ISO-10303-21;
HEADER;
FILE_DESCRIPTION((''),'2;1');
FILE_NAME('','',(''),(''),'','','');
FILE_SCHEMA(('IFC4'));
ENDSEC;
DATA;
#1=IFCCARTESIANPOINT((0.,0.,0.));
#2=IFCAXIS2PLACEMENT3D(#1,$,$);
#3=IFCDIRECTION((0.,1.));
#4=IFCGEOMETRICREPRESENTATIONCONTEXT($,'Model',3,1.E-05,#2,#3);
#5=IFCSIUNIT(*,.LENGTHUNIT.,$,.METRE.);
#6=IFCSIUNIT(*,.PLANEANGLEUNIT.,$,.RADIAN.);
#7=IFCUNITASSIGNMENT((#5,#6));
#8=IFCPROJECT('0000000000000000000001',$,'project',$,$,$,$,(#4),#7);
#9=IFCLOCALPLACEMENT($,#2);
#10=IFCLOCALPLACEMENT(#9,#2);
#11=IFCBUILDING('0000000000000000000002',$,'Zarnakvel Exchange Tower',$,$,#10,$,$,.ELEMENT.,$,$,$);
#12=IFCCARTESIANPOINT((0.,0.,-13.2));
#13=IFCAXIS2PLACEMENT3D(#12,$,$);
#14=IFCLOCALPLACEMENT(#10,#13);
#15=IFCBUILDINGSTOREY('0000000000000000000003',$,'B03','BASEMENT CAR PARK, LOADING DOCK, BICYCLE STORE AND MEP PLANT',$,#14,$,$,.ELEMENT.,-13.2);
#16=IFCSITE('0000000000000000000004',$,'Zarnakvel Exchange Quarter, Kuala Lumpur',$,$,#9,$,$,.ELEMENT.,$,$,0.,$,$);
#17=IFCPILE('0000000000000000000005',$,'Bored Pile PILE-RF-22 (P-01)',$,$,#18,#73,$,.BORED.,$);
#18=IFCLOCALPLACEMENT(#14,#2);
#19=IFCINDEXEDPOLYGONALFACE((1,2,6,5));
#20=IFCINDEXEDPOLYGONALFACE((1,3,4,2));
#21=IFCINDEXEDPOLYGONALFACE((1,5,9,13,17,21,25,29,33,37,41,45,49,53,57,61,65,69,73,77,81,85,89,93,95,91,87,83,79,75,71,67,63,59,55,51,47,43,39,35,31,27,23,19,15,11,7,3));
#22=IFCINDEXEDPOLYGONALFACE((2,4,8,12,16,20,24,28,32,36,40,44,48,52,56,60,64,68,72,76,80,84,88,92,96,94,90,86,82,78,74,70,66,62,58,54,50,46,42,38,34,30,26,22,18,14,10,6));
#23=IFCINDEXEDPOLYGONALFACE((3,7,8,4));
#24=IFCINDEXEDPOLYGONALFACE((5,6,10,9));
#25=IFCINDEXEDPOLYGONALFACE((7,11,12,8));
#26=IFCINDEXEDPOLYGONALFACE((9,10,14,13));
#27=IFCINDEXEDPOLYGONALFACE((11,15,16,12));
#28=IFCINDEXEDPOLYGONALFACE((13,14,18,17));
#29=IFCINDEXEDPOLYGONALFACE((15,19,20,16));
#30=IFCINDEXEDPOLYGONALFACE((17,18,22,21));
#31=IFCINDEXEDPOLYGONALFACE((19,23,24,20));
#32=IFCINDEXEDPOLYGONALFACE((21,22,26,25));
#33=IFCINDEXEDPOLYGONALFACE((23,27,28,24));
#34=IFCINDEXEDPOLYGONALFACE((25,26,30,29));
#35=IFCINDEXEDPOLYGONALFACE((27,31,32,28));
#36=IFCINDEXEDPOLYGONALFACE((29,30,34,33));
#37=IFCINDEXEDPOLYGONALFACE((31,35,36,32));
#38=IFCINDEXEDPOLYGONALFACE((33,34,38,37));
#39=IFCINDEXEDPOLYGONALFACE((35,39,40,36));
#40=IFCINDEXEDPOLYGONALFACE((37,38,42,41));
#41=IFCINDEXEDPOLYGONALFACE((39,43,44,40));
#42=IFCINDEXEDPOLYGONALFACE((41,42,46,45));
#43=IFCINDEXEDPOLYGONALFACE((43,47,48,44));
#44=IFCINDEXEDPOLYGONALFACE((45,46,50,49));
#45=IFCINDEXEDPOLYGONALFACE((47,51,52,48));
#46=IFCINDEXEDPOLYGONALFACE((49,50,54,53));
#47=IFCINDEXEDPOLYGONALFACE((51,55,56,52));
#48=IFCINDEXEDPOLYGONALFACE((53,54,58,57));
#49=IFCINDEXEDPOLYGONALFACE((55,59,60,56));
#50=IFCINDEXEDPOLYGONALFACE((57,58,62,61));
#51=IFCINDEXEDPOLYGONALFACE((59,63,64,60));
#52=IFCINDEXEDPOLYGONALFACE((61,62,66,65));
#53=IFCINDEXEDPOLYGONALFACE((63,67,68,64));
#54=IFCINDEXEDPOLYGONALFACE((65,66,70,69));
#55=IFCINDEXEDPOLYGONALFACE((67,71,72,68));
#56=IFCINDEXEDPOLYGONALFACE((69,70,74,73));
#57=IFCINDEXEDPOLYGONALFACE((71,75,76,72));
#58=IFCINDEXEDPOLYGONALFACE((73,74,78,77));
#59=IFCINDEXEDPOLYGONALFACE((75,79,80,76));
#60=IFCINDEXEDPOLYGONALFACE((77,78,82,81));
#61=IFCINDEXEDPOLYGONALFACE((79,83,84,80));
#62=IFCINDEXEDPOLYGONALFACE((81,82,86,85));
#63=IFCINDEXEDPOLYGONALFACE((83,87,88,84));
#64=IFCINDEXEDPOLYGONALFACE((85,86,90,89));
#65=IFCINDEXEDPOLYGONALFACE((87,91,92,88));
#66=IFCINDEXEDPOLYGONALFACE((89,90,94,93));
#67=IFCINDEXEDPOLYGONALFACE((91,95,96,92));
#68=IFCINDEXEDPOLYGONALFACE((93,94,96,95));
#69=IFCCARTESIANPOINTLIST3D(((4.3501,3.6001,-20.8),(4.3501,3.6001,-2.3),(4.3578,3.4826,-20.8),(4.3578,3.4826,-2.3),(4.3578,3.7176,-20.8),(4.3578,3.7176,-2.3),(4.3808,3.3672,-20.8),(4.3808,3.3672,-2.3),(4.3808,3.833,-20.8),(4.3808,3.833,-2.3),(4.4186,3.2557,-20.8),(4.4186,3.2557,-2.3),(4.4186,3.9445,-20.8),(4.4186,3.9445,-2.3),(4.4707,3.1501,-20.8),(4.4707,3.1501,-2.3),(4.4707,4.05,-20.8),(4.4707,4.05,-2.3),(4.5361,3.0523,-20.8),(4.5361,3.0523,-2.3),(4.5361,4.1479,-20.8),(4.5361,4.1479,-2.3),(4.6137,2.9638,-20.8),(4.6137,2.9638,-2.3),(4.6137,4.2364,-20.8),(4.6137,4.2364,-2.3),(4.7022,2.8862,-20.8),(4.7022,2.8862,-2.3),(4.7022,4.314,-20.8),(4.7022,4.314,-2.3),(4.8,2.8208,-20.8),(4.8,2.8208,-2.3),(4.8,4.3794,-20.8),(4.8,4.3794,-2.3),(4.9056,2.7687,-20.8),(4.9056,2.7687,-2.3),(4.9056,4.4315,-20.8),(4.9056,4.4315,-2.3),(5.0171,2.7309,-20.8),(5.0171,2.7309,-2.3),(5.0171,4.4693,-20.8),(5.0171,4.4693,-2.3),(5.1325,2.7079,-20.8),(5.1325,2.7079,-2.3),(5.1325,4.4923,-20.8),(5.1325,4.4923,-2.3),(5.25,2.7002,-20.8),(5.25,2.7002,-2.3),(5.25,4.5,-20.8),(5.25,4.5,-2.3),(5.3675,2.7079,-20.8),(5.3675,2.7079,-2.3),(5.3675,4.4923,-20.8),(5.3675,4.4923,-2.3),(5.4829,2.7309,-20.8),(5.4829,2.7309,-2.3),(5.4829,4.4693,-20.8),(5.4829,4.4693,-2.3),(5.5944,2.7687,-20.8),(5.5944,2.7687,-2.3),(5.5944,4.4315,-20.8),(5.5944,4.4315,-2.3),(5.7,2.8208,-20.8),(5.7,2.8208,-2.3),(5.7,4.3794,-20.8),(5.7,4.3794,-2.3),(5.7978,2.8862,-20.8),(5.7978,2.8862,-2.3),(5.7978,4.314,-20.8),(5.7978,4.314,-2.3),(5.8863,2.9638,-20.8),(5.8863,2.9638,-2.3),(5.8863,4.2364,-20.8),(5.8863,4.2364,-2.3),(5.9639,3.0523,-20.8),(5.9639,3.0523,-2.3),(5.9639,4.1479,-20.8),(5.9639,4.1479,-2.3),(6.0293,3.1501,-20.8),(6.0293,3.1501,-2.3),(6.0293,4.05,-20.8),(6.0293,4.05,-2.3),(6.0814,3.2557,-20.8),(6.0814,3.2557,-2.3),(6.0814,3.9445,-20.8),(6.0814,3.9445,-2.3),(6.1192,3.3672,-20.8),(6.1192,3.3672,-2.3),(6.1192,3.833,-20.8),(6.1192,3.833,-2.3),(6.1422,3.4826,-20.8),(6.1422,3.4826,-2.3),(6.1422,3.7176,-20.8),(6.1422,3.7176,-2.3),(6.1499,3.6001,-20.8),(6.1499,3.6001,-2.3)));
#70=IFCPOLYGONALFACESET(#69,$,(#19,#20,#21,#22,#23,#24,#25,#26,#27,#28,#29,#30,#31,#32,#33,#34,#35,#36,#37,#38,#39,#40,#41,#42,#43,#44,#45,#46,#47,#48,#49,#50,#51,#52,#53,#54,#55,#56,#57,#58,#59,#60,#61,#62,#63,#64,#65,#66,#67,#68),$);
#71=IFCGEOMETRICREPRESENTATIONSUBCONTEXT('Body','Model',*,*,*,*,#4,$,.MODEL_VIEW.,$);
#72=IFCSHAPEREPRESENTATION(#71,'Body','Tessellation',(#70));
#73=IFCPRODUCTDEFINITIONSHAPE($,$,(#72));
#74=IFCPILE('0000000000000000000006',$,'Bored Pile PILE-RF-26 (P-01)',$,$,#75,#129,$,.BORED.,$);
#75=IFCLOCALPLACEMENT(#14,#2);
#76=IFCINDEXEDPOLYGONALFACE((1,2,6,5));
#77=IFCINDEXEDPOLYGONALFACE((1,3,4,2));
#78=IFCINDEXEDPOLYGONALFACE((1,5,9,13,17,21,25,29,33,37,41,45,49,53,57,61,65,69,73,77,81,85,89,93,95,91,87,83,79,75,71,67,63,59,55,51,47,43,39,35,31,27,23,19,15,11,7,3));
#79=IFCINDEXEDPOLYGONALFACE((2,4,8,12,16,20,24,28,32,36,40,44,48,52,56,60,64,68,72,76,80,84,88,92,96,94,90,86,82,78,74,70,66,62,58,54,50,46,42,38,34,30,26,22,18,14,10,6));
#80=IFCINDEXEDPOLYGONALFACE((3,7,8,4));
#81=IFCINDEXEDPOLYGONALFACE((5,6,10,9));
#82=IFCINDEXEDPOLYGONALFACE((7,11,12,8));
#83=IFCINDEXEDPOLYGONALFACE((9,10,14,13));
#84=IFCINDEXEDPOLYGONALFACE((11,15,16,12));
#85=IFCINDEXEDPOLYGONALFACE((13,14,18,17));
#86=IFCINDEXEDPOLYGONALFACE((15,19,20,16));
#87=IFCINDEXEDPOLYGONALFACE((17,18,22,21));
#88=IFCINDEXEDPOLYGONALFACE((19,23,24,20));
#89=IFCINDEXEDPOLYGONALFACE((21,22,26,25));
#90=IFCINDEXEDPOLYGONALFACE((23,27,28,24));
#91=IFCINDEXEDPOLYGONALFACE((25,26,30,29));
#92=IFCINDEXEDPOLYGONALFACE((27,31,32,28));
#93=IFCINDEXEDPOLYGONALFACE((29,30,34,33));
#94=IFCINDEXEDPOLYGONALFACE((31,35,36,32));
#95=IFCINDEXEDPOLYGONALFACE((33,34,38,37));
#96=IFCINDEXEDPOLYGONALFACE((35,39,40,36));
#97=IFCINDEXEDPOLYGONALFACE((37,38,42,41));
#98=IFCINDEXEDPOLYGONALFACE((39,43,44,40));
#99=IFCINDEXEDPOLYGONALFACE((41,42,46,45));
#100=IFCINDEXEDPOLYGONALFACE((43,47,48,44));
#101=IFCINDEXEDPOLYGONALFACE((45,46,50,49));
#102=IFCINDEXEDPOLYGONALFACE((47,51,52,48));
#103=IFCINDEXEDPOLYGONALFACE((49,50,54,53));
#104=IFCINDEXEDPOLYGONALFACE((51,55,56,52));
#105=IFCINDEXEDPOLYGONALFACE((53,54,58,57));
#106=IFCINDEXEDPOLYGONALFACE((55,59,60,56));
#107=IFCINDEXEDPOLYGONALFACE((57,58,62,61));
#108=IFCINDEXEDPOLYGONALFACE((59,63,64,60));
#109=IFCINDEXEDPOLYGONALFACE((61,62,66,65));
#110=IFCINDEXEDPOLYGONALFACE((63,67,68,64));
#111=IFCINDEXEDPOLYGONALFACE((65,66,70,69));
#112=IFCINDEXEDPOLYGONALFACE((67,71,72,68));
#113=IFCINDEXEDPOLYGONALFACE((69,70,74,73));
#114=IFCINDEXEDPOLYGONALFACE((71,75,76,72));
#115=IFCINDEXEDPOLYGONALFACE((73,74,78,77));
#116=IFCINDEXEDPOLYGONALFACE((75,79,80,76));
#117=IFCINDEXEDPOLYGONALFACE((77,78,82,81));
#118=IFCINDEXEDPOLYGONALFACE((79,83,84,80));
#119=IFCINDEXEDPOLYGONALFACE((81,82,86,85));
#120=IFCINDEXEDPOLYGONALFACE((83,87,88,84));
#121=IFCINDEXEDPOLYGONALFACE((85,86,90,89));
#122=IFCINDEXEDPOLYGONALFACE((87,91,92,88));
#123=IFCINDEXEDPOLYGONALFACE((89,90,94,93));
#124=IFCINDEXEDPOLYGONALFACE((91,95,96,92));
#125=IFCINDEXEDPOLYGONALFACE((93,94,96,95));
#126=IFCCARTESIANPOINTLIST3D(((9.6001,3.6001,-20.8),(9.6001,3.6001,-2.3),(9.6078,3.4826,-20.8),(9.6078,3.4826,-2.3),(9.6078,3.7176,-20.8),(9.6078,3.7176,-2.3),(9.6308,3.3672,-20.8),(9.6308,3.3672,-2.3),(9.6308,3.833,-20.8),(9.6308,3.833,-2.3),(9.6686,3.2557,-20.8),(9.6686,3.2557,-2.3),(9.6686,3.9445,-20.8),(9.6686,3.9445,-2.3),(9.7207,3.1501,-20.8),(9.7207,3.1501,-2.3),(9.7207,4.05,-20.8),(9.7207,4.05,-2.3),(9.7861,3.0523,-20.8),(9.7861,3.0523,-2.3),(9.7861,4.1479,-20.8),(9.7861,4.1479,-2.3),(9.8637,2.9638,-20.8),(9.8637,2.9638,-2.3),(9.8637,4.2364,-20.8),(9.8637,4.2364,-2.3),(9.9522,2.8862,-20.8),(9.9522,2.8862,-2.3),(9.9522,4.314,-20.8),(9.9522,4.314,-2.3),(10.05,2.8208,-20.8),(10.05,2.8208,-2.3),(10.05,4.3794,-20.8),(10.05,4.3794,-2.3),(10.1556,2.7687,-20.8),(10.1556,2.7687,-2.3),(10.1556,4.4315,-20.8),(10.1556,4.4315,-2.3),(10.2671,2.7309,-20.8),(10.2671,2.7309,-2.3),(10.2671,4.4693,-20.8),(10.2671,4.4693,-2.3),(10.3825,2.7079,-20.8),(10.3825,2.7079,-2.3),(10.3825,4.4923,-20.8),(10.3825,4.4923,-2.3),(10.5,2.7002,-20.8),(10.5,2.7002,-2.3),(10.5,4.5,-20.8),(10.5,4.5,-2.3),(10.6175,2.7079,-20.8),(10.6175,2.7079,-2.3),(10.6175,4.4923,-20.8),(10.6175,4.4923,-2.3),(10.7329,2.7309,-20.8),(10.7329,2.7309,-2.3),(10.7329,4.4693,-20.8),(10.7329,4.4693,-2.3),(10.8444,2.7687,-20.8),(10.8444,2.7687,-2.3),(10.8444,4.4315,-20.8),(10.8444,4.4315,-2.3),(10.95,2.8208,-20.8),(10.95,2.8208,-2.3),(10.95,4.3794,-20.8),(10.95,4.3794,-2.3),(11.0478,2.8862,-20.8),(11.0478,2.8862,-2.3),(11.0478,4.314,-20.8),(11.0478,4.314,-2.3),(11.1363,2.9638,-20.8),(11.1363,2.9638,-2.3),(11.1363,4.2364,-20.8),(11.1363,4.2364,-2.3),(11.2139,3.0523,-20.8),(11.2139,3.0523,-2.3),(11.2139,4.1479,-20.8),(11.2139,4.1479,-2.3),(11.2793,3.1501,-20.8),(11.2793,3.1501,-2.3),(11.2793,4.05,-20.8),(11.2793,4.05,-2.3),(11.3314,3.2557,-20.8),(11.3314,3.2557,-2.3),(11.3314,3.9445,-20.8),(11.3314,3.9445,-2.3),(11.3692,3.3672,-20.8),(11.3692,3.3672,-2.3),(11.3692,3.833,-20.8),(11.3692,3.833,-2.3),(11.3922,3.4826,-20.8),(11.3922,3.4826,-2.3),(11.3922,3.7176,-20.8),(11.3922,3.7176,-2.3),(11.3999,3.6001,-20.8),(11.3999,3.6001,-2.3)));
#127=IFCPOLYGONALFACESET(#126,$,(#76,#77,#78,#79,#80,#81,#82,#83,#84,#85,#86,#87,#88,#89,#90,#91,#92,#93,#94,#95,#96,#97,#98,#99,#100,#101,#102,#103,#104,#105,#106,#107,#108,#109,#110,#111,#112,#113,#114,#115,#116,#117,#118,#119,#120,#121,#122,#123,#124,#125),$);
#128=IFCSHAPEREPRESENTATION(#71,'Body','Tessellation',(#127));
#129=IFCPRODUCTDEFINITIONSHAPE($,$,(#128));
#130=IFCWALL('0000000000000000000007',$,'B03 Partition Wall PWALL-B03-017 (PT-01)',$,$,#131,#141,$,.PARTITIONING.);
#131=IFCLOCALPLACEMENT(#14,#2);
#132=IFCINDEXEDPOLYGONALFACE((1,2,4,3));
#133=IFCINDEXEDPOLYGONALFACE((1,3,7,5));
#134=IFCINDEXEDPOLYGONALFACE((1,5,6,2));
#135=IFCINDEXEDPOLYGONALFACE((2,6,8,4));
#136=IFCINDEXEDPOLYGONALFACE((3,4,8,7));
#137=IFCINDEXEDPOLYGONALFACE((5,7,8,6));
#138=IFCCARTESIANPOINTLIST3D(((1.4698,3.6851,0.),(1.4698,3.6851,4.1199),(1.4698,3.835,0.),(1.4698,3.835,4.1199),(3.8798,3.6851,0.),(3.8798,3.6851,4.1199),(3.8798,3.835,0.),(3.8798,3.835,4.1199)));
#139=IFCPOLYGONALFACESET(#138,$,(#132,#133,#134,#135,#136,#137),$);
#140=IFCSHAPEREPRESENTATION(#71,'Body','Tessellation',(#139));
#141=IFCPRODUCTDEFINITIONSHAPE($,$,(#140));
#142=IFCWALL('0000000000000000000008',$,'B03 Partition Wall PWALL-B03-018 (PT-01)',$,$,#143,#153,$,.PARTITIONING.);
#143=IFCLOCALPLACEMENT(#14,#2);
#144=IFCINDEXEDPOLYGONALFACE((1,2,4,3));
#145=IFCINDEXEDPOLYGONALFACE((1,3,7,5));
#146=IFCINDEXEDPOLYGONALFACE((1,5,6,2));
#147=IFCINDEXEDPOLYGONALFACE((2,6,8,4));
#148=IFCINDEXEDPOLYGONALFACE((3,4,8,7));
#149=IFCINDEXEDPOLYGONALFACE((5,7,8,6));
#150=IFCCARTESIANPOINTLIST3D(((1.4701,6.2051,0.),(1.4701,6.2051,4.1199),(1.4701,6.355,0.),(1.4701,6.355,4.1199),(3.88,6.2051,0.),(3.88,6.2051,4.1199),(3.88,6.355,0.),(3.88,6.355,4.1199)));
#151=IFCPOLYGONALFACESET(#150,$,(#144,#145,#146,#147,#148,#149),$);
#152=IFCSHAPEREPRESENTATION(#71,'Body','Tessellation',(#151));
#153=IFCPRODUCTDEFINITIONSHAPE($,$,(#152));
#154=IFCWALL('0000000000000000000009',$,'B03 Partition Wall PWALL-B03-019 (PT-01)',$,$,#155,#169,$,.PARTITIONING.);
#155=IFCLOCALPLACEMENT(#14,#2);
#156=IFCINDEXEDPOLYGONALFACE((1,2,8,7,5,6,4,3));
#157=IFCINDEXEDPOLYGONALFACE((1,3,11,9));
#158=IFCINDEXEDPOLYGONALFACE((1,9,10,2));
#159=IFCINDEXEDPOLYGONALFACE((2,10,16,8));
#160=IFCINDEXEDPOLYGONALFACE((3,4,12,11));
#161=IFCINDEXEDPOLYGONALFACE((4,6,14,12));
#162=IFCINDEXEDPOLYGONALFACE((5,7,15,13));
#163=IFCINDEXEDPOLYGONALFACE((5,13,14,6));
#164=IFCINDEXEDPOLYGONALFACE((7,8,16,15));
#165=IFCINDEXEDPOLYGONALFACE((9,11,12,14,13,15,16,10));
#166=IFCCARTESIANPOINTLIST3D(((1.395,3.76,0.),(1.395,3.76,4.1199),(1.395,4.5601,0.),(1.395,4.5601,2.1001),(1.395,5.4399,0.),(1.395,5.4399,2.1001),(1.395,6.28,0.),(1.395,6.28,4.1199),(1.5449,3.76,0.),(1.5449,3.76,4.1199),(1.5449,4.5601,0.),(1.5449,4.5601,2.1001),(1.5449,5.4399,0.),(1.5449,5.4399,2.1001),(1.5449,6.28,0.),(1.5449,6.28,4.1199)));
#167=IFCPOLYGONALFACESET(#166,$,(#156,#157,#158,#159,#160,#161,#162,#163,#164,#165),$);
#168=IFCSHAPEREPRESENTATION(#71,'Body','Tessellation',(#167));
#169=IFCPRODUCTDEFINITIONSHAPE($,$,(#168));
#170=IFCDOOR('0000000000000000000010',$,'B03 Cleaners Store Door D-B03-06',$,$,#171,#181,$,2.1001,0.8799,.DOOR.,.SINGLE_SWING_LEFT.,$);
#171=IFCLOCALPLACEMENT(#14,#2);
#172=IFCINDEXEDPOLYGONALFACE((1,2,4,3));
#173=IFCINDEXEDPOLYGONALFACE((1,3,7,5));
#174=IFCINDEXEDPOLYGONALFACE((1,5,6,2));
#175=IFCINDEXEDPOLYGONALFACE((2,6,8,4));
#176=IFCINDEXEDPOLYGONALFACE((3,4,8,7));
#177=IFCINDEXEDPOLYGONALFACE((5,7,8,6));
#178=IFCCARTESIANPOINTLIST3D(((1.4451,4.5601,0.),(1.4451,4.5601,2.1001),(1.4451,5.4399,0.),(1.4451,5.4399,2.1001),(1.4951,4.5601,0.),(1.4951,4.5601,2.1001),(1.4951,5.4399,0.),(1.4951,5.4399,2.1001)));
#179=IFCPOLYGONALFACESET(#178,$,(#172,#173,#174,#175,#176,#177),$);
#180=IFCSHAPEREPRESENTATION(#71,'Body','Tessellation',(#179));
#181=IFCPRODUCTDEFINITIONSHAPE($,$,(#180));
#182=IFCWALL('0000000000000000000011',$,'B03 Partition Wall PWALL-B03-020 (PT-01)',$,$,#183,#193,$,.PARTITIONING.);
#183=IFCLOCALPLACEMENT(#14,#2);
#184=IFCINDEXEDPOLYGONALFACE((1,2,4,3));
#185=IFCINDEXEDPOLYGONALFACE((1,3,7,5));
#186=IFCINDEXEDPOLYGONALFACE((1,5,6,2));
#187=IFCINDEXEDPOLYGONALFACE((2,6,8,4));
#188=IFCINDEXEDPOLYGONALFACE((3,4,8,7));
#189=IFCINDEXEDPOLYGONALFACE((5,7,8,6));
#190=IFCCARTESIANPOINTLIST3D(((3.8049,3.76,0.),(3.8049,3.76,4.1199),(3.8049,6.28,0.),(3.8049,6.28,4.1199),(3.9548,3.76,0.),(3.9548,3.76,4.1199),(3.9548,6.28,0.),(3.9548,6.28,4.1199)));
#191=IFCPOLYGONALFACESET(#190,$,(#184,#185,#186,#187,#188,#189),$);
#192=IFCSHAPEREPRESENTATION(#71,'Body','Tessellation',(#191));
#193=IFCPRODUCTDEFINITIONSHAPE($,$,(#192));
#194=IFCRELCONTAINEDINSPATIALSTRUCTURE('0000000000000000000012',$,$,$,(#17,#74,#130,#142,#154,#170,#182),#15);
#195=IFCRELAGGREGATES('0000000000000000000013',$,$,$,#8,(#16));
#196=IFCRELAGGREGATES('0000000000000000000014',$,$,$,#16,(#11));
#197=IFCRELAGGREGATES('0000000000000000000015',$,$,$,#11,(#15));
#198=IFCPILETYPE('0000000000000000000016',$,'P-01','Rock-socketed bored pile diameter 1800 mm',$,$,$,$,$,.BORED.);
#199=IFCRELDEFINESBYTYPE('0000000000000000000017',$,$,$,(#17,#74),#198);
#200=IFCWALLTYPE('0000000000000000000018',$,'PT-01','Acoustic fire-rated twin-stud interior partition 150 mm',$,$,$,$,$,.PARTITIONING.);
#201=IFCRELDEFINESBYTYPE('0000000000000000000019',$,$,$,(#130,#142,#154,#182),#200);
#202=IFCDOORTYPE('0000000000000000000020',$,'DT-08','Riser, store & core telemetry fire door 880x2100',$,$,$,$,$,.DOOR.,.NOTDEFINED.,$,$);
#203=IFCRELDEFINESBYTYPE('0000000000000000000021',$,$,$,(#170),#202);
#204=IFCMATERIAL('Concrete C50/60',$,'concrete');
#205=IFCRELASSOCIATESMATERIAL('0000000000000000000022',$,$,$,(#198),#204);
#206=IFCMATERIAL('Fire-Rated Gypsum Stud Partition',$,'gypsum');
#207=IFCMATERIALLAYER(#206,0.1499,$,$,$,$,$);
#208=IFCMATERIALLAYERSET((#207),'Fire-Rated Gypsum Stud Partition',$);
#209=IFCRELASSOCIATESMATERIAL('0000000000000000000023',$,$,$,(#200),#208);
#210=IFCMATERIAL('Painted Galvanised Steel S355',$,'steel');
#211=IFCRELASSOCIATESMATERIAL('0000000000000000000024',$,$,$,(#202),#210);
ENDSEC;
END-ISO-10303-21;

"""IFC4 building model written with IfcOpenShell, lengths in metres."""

from ifc_helpers import new_model, si_unit, direction, frame, frame_2d, origin, origin_2d, place, context, subcontext, project, spatial, rectangle, circle, extrude, source, transform, mapped, material, layer, layer_set, material_profile, profile_set, type_object, element, fill, save


model = new_model("IFC4")

# Units and contexts
model_context = context("Model", 3, precision=1e-05, world=origin(), true_north=direction((0.0, 1.0)))
body_context = subcontext(model_context, "Body", "Model", "MODEL_VIEW")
ifc_project = project(units=[si_unit("LENGTHUNIT", "METRE"), si_unit("PLANEANGLEUNIT", "RADIAN")], contexts=[model_context])

# Site, building, storey
site_placement = place(None, origin())
site = spatial("IfcSite", under=ifc_project, at=site_placement, Name="Zarnakvel Exchange Quarter, Kuala Lumpur", CompositionType="ELEMENT", RefElevation=0.0)
building_placement = place(site_placement, origin())
building = spatial("IfcBuilding", under=site, at=building_placement, Name="Zarnakvel Exchange Tower", CompositionType="ELEMENT")
storey_placement = place(building_placement, frame((0.0, 0.0, -13.2)))
storey = spatial("IfcBuildingStorey", under=building, at=storey_placement, Name="B03", Description="BASEMENT CAR PARK, LOADING DOCK, BICYCLE STORE AND MEP PLANT", CompositionType="ELEMENT", Elevation=-13.2)

# Piles
ifc_material_1 = material(Name="Concrete C50/60", Category="concrete")
ifc_material_profile = material_profile(ifc_material_1, circle(Radius=0.8999, at=origin_2d()))
ifc_profile_set = profile_set([ifc_material_profile], Name="Concrete C50/60")
pile_type = type_object("IfcPileType", Name="P-01", Description="Rock-socketed bored pile diameter 1800 mm", PredefinedType="BORED", material=ifc_profile_set)
for number, where, z_axis, x_axis, name in (
    (1, (5.25, 3.6001, -2.3), (0.0, 0.0, -1.0), (1.0, 0.0, 0.0), "Bored Pile PILE-RF-22 (P-01)"),
    (2, (10.5, 3.6001, -2.3), (0.0, 0.0, -1.0), (1.0, 0.0, 0.0), "Bored Pile PILE-RF-26 (P-01)"),
):
    element("IfcPile", number, at=place(storey_placement, frame(where, z_axis=z_axis, x_axis=x_axis)), inside=storey, type_object=pile_type, Name=name, PredefinedType="BORED", context=body_context, shape_type="SweptSolid", body=[
        extrude(circle(Radius=0.8999, at=origin_2d()), origin(), (0.0, 0.0, 1.0), 18.5),
    ])

# Walls
ifc_material_2 = material(Name="Fire-Rated Gypsum Stud Partition", Category="gypsum")
ifc_layer_1 = layer(ifc_material_2, 0.1499)
ifc_layer_set_1 = layer_set([ifc_layer_1], Name="Fire-Rated Gypsum Stud Partition")
wall_type_1 = type_object("IfcWallType", Name="PT-01", Description="Acoustic fire-rated twin-stud interior partition 150 mm", PredefinedType="PARTITIONING", material=ifc_layer_set_1)
for number, where, z_axis, x_axis, name in (
    (3, (3.8799, 3.76, 0.0), (0.0, 0.0, 1.0), (-1.0, 0.0, 0.0), "B03 Partition Wall PWALL-B03-017 (PT-01)"),
    (4, (1.47, 6.28, 0.0), (0.0, 0.0, 1.0), (1.0, 0.0, 0.0), "B03 Partition Wall PWALL-B03-018 (PT-01)"),
):
    element("IfcWall", number, at=place(storey_placement, frame(where, z_axis=z_axis, x_axis=x_axis)), inside=storey, type_object=wall_type_1, Name=name, PredefinedType="PARTITIONING", context=body_context, shape_type="SweptSolid", body=[
        extrude(rectangle(XDim=2.4099, YDim=0.1499, at=frame_2d((1.2051, 0.0))), origin(), (0.0, 0.0, 1.0), 4.1199),
    ])

# Wall, opening, door
wall_1_placement = place(storey_placement, frame((1.47, 3.76, 0.0), z_axis=(0.0, 0.0, 1.0), x_axis=(0.0, 1.0, 0.0)))
wall_1 = element("IfcWall", 5, at=wall_1_placement, inside=storey, type_object=wall_type_1, Name="B03 Partition Wall PWALL-B03-019 (PT-01)", PredefinedType="PARTITIONING", context=body_context, shape_type="SweptSolid", body=[
    extrude(rectangle(XDim=2.52, YDim=0.1499, at=frame_2d((1.26, 0.0))), origin(), (0.0, 0.0, 1.0), 4.1199),
])
opening_1_placement = place(wall_1_placement, frame((0.8, 0.0, 0.0)))
opening_1 = element("IfcOpeningElement", 6, at=opening_1_placement, cuts=wall_1, PredefinedType="OPENING", context=body_context, shape_type="SweptSolid", body=[
    extrude(rectangle(XDim=0.8799, YDim=2.1001, at=frame_2d((0.4399, 1.05))), frame((0.0, 0.085, 0.0), z_axis=(0.0, -1.0, 0.0), x_axis=(1.0, 0.0, 0.0)), (0.0, 0.0, 1.0), 0.1699),
])
ifc_material_3 = material(Name="Painted Galvanised Steel S355", Category="steel")
door_type_1 = type_object("IfcDoorType", Name="DT-08", Description="Riser, store & core telemetry fire door 880x2100", OperationType="NOTDEFINED", PredefinedType="DOOR", material=ifc_material_3)
shared_shape_1 = source(origin(), body_context, "Body", "SweptSolid", [
    extrude(rectangle(XDim=0.8799, YDim=2.1001, at=frame_2d((0.4399, 1.05))), frame((0.0, 0.0249, 0.0), z_axis=(0.0, -1.0, 0.0), x_axis=(1.0, 0.0, 0.0)), (0.0, 0.0, 1.0), 0.05),
])
door_1_placement = place(opening_1_placement, origin())
door_1 = element("IfcDoor", 7, at=door_1_placement, inside=storey, type_object=door_type_1, Name="B03 Cleaners Store Door D-B03-06", OperationType="SINGLE_SWING_LEFT", OverallHeight=2.1001, OverallWidth=0.8799, PredefinedType="DOOR", context=body_context, shape_type="MappedRepresentation", body=[
    mapped(shared_shape_1, transform((0.0, 0.0, 0.0), x_axis=(1.0, 0.0, 0.0), y_axis=(0.0, 1.0, 0.0), z_axis=(0.0, 0.0, 1.0), scale=1.0)),
])
fill(opening_1, door_1)

# Wall
wall_2_placement = place(storey_placement, frame((3.8799, 6.28, 0.0), z_axis=(0.0, 0.0, 1.0), x_axis=(0.0, -1.0, 0.0)))
element("IfcWall", 8, at=wall_2_placement, inside=storey, type_object=wall_type_1, Name="B03 Partition Wall PWALL-B03-020 (PT-01)", PredefinedType="PARTITIONING", context=body_context, shape_type="SweptSolid", body=[
    extrude(rectangle(XDim=2.52, YDim=0.1499, at=frame_2d((1.26, 0.0))), origin(), (0.0, 0.0, 1.0), 4.1199),
])

save(model, "model.ifc")
